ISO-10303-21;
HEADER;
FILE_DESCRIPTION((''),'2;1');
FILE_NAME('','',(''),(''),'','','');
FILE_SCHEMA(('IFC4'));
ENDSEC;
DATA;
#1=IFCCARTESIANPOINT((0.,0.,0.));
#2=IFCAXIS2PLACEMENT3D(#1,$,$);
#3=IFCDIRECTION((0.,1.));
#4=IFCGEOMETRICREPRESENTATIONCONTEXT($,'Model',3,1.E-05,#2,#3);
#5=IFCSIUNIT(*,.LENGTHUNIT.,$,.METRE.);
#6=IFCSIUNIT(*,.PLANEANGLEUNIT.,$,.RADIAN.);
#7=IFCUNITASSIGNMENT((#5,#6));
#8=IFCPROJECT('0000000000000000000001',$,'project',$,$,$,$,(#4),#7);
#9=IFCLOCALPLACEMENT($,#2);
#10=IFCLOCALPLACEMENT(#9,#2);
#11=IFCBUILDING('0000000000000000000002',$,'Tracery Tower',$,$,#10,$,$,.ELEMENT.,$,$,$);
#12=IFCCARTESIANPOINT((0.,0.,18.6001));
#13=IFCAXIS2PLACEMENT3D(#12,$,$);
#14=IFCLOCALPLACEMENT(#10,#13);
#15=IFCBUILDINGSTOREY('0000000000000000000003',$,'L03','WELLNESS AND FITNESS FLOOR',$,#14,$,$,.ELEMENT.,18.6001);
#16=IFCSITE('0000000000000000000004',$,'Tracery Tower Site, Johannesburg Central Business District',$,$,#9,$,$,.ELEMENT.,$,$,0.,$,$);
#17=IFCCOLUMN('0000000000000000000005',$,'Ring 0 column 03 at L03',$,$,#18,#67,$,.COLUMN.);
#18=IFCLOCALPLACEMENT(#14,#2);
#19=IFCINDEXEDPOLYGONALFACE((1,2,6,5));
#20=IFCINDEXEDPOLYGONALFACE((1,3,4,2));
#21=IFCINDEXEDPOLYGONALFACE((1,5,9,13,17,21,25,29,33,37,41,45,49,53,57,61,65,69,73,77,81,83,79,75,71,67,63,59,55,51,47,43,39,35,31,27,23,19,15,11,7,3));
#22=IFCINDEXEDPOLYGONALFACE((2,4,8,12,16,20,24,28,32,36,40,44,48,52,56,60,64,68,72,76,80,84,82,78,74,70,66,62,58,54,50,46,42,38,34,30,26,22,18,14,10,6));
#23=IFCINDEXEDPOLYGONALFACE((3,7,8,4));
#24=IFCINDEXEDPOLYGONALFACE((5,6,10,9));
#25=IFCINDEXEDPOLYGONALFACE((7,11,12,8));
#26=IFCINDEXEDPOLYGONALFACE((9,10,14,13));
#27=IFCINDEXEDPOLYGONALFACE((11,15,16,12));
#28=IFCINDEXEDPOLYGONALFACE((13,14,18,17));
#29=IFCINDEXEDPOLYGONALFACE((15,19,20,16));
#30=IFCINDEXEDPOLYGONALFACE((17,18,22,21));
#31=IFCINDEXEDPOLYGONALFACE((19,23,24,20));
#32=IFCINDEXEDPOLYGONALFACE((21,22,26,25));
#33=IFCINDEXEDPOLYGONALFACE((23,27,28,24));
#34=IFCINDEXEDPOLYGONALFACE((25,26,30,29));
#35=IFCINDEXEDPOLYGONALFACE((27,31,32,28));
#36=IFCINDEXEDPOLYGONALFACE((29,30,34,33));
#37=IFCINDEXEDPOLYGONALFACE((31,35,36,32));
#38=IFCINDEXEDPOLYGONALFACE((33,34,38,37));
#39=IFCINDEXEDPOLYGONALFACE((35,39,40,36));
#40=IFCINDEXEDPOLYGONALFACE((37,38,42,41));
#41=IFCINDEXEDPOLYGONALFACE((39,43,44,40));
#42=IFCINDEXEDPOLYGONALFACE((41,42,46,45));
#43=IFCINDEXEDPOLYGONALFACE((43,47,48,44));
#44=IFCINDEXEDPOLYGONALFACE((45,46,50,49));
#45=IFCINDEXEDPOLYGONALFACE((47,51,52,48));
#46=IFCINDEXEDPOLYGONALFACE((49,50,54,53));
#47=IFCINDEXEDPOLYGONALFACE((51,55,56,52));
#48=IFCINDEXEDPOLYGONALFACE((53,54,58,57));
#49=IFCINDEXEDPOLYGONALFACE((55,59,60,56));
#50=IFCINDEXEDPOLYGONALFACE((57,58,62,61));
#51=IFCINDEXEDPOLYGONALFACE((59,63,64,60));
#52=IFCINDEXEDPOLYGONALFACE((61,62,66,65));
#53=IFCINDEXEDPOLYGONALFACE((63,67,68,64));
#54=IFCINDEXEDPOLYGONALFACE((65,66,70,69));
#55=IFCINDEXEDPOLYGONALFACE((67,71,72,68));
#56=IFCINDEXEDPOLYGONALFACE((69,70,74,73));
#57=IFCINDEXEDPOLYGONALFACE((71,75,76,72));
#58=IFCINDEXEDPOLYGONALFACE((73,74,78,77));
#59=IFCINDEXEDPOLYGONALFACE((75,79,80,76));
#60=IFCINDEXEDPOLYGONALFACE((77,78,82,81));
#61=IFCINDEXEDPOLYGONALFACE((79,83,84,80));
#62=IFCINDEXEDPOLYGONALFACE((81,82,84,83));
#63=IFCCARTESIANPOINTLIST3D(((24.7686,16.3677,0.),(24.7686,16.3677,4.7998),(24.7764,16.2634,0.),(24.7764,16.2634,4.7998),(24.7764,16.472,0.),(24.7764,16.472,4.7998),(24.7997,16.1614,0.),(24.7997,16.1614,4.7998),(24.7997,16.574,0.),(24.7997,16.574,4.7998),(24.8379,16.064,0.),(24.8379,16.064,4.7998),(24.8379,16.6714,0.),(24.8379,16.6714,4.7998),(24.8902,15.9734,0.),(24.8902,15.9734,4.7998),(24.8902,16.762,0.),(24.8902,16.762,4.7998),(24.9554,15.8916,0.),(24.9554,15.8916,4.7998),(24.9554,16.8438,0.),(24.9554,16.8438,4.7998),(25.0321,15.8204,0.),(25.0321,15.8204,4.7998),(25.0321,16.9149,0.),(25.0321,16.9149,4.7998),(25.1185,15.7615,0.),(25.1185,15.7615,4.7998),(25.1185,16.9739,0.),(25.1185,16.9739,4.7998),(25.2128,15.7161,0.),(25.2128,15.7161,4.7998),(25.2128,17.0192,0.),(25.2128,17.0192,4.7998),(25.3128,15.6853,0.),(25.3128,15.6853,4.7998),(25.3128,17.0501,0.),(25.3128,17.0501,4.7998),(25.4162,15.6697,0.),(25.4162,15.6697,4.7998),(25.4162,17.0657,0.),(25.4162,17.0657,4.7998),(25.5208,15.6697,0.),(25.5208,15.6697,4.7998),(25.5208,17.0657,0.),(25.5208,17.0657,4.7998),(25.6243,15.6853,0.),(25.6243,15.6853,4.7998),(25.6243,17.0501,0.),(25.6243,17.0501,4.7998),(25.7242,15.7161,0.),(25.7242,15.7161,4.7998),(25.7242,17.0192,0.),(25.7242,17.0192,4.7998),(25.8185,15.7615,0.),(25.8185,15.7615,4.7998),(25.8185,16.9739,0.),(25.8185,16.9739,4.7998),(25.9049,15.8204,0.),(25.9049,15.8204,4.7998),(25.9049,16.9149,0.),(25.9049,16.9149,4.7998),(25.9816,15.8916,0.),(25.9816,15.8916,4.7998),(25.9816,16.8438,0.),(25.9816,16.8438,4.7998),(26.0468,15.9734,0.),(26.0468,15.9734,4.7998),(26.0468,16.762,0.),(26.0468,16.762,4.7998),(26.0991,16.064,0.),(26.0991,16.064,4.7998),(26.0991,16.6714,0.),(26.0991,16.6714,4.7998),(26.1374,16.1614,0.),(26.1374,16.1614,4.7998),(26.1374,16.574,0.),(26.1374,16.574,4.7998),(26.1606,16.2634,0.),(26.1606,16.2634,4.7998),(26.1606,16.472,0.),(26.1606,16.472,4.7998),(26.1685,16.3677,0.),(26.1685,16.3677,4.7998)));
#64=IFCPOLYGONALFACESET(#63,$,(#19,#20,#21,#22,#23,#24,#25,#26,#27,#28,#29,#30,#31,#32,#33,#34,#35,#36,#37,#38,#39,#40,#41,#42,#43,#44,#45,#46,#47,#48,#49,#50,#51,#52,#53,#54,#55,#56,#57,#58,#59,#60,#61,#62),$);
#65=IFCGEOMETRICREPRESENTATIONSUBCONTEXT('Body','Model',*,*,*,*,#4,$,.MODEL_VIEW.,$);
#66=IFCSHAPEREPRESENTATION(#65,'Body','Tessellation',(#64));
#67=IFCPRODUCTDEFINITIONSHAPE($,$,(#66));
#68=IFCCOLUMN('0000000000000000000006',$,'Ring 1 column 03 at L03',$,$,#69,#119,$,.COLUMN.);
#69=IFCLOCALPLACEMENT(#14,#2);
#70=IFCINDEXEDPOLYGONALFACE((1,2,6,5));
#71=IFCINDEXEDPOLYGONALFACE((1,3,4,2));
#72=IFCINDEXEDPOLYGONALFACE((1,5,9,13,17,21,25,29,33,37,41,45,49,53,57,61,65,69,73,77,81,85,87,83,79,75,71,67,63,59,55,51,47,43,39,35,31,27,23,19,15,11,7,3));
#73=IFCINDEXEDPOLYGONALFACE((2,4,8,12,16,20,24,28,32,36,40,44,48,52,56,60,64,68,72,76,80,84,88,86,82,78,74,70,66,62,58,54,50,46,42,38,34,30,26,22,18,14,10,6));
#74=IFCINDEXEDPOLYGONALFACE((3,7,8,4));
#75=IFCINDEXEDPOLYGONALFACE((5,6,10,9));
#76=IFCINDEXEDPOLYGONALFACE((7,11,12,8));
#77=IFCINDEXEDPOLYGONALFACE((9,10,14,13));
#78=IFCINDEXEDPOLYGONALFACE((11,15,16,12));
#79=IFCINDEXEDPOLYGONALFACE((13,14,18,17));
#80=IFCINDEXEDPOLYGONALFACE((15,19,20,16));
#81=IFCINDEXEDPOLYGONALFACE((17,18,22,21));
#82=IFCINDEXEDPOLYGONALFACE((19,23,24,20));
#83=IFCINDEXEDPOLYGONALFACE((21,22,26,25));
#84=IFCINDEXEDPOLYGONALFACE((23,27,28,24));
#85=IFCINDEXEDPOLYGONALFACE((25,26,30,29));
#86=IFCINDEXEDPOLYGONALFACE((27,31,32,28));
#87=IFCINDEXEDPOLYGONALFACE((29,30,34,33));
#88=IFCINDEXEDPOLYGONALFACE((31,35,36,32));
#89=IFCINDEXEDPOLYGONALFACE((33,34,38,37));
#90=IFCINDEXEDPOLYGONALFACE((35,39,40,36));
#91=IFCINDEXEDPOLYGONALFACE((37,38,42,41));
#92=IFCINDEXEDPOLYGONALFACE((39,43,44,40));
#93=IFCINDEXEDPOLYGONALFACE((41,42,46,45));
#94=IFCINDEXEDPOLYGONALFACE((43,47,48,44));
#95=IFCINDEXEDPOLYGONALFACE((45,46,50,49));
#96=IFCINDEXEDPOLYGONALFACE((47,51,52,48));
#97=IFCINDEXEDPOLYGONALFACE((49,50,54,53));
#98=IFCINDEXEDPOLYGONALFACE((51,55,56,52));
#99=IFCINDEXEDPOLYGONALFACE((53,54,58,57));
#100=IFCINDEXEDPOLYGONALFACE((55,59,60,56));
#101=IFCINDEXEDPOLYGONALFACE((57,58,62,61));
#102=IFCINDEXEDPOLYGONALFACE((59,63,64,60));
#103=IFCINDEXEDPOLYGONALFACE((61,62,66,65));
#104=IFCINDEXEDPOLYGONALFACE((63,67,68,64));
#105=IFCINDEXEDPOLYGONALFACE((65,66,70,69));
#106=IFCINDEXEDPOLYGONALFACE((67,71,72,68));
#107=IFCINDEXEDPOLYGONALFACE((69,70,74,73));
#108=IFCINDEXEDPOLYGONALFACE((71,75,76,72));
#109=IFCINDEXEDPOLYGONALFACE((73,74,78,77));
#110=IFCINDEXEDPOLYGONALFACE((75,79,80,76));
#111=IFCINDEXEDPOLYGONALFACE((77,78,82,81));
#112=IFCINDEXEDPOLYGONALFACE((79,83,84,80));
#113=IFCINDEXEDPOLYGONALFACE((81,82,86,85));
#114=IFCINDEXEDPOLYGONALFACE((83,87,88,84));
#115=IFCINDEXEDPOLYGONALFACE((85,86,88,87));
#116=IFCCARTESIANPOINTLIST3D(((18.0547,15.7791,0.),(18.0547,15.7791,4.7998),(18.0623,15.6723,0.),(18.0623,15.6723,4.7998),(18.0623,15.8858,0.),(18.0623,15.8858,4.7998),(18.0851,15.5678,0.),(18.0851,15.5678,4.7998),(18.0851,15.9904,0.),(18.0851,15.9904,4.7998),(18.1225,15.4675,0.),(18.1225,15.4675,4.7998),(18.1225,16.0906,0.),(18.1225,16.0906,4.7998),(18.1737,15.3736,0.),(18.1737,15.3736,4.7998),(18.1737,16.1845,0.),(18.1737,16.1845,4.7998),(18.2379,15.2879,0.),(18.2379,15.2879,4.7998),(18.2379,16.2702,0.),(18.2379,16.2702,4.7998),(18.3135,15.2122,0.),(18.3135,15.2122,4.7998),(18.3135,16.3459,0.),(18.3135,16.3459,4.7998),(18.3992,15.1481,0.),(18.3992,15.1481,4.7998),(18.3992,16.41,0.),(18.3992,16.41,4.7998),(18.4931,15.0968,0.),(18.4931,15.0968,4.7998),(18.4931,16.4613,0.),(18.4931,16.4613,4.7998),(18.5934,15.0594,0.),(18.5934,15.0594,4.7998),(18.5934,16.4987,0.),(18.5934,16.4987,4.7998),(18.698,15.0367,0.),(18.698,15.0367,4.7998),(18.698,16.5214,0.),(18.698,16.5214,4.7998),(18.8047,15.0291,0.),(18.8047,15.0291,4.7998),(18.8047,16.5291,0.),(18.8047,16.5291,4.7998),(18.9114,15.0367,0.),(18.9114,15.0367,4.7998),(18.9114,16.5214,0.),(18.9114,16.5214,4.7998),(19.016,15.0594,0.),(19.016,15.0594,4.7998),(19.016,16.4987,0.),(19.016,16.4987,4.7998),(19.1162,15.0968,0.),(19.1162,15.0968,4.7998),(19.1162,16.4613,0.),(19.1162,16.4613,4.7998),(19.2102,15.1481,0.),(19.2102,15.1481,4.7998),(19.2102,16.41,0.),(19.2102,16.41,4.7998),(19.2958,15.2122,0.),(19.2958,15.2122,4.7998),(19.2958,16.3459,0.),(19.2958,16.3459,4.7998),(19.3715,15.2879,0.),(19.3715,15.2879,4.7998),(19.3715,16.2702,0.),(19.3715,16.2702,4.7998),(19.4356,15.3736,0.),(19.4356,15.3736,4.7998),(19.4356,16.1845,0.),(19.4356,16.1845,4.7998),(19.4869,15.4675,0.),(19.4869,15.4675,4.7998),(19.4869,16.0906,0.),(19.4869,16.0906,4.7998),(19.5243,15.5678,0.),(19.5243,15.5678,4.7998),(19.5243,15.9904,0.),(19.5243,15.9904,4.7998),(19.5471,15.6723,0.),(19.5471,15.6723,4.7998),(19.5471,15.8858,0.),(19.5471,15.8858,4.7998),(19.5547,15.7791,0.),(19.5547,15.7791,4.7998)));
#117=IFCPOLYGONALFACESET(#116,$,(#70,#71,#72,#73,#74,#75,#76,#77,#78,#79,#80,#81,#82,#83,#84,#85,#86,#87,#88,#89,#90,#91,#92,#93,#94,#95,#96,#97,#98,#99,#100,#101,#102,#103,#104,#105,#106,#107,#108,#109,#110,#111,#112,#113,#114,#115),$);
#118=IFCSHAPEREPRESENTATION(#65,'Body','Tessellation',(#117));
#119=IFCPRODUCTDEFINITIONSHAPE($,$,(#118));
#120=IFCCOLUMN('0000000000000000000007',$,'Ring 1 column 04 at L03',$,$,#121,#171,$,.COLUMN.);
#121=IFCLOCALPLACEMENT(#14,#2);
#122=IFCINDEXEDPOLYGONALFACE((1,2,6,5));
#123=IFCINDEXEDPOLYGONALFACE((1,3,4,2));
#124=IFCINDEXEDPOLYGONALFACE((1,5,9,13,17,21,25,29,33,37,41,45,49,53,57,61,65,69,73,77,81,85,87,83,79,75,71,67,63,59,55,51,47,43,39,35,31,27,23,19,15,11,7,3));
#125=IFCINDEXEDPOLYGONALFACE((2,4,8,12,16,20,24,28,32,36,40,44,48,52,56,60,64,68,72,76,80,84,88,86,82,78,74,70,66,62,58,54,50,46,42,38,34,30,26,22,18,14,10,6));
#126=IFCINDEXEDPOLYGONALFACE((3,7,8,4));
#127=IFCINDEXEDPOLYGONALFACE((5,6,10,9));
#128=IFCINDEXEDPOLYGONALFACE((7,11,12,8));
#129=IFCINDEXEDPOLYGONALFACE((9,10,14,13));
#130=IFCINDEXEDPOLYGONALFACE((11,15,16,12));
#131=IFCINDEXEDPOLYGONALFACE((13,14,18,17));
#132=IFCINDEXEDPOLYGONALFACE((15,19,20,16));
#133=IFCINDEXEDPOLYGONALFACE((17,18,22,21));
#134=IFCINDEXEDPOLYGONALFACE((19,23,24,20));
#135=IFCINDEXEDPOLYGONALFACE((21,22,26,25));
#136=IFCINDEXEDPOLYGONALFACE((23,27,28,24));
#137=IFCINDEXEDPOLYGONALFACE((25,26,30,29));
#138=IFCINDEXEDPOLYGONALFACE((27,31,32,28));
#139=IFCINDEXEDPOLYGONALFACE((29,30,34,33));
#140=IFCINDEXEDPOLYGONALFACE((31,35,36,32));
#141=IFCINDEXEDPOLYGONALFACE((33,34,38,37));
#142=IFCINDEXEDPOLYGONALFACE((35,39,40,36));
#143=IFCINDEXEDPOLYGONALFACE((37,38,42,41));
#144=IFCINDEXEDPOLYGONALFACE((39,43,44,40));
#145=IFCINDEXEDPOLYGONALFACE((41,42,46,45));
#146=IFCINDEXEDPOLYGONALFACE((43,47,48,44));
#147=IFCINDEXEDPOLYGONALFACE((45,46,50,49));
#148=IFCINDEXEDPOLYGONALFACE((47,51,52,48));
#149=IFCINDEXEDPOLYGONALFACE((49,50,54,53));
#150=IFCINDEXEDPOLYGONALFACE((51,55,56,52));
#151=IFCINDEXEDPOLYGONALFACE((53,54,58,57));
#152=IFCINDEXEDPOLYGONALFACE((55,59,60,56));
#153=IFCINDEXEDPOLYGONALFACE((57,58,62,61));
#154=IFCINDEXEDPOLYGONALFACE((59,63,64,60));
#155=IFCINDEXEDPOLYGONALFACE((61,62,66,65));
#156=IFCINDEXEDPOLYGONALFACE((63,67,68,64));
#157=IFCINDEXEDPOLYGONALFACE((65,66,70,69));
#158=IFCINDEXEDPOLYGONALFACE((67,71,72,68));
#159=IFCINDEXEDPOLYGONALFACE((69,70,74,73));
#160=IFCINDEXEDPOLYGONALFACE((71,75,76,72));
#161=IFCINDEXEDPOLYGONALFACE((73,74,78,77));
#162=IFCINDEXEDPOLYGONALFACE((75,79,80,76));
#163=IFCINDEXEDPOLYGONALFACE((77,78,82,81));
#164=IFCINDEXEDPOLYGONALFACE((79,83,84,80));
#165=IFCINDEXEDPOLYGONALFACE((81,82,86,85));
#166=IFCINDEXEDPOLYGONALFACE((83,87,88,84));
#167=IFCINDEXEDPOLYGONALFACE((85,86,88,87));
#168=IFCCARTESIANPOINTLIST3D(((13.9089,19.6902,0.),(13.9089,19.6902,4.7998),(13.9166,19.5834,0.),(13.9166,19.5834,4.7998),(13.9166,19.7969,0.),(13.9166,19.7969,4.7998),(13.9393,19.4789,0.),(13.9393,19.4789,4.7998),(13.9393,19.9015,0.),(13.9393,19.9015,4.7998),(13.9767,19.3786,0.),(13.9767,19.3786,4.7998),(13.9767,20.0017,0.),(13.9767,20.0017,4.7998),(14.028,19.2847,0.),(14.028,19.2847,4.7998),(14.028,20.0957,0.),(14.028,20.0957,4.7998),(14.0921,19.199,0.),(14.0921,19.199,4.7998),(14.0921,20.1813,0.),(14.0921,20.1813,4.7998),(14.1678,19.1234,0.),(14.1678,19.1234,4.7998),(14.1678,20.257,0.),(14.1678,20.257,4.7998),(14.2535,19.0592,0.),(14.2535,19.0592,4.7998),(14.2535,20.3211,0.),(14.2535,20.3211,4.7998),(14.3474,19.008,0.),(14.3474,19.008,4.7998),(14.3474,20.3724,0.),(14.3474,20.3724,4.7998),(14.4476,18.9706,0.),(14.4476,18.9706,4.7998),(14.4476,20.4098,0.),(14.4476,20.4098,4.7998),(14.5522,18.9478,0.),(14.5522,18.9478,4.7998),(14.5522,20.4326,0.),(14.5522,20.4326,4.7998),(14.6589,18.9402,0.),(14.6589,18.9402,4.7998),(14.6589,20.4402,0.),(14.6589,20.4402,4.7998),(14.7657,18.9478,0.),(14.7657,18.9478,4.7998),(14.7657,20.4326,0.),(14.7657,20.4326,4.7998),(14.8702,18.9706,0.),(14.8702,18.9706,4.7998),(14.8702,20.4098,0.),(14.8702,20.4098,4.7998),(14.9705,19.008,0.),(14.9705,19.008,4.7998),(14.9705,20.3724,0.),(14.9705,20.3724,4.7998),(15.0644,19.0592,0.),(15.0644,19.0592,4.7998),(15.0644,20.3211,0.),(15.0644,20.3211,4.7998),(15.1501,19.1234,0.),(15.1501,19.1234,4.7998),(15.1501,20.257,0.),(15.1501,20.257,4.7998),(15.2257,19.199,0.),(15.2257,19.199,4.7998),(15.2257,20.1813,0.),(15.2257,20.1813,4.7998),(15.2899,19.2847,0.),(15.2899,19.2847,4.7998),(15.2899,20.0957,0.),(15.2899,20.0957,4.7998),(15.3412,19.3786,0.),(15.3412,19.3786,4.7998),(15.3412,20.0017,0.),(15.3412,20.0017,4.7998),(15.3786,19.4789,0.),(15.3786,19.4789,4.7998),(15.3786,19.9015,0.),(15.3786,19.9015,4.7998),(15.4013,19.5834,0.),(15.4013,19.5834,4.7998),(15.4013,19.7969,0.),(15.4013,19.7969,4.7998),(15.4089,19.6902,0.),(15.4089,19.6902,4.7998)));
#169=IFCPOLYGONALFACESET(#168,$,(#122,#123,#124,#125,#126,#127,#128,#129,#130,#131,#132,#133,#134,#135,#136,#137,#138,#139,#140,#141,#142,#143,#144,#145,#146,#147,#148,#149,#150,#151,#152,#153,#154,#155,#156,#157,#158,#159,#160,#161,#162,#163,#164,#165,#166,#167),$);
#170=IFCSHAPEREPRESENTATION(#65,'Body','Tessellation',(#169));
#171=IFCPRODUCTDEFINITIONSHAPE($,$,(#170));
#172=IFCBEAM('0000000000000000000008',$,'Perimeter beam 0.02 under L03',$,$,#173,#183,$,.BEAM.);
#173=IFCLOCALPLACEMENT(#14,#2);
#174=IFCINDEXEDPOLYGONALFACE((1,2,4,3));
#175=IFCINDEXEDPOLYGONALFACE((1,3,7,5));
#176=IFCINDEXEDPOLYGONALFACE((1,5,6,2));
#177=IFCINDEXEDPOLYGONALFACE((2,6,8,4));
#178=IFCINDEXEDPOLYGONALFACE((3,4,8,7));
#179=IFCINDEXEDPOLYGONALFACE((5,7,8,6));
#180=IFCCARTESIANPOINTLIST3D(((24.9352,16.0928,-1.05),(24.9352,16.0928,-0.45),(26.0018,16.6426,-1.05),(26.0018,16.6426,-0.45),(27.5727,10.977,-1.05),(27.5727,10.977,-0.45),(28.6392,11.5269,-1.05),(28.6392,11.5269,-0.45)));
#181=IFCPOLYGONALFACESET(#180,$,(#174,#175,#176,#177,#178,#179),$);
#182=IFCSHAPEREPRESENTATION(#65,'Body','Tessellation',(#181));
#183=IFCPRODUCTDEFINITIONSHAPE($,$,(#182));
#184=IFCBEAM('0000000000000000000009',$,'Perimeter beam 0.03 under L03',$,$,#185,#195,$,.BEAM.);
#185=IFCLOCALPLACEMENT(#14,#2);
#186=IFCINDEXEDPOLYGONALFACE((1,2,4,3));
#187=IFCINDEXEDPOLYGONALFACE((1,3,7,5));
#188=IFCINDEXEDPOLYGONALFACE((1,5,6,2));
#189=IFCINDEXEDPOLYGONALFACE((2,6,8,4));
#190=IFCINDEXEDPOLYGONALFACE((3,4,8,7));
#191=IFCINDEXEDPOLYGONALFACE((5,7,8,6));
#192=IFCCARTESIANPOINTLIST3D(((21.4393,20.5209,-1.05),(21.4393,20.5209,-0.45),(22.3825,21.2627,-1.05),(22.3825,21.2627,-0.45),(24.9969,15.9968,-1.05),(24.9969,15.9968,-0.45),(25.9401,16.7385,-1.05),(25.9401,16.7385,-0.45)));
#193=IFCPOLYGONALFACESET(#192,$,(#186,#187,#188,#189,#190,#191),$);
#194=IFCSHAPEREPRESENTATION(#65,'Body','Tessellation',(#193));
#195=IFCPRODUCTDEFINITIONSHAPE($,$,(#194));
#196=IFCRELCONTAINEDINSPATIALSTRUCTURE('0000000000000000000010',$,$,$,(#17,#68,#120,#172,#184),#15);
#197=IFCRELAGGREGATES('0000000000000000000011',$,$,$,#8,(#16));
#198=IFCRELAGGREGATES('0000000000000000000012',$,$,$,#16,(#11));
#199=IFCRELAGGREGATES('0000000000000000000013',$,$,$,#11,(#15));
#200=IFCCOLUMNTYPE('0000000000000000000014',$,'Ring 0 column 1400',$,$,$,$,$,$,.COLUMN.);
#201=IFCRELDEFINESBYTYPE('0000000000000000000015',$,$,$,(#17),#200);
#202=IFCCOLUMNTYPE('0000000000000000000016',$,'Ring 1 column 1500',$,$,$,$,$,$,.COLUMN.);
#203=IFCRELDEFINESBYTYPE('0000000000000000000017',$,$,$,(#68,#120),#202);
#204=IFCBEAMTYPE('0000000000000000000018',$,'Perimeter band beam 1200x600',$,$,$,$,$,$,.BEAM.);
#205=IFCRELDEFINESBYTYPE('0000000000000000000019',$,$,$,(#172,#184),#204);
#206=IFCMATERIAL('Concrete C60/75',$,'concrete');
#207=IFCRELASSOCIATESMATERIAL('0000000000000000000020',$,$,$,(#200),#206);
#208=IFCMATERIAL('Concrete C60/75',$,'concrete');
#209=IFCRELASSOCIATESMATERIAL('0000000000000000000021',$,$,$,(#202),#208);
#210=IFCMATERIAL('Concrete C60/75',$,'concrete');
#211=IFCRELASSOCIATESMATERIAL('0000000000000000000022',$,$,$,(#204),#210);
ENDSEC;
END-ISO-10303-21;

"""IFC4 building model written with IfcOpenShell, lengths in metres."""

from ifc_helpers import new_model, si_unit, direction, frame, origin, origin_2d, place, context, subcontext, project, spatial, rectangle, circle, extrude, material, material_profile, profile_set, type_object, element, save


model = new_model("IFC4")

# Units and contexts
model_context = context("Model", 3, precision=1e-05, world=origin(), true_north=direction((0.0, 1.0)))
body_context = subcontext(model_context, "Body", "Model", "MODEL_VIEW")
ifc_project = project(units=[si_unit("LENGTHUNIT", "METRE"), si_unit("PLANEANGLEUNIT", "RADIAN")], contexts=[model_context])

# Site, building, storey
site_placement = place(None, origin())
site = spatial("IfcSite", under=ifc_project, at=site_placement, Name="Tracery Tower Site, Johannesburg Central Business District", CompositionType="ELEMENT", RefElevation=0.0)
building_placement = place(site_placement, origin())
building = spatial("IfcBuilding", under=site, at=building_placement, Name="Tracery Tower", CompositionType="ELEMENT")
storey_placement = place(building_placement, frame((0.0, 0.0, 18.6001)))
storey = spatial("IfcBuildingStorey", under=building, at=storey_placement, Name="L03", Description="WELLNESS AND FITNESS FLOOR", CompositionType="ELEMENT", Elevation=18.6001)

# Columns
ifc_material_1 = material(Name="Concrete C60/75", Category="concrete")
ifc_material_profile_1 = material_profile(ifc_material_1, circle(Radius=0.7, at=origin_2d()), Name="RC D1400")
ifc_profile_set_1 = profile_set([ifc_material_profile_1], Name="Concrete C60/75")
column_type_1 = type_object("IfcColumnType", Name="Ring 0 column 1400", PredefinedType="COLUMN", material=ifc_profile_set_1)
column_placement = place(storey_placement, frame((25.4685, 16.3677, 0.0), z_axis=(0.0, 0.0, 1.0), x_axis=(1.0, 0.0, 0.0)))
element("IfcColumn", 1, at=column_placement, inside=storey, type_object=column_type_1, Name="Ring 0 column 03 at L03", PredefinedType="COLUMN", context=body_context, shape_type="SweptSolid", body=[
    extrude(circle(Radius=0.7, at=origin_2d()), origin(), (0.0, 0.0, 1.0), 4.7998),
])
ifc_material_2 = material(Name="Concrete C60/75", Category="concrete")
ifc_material_profile_2 = material_profile(ifc_material_2, circle(Radius=0.75, at=origin_2d()), Name="RC D1500")
ifc_profile_set_2 = profile_set([ifc_material_profile_2], Name="Concrete C60/75")
column_type_2 = type_object("IfcColumnType", Name="Ring 1 column 1500", PredefinedType="COLUMN", material=ifc_profile_set_2)
for number, where, z_axis, x_axis, name in (
    (2, (18.8047, 15.7791, 0.0), (0.0, 0.0, 1.0), (1.0, 0.0, 0.0), "Ring 1 column 03 at L03"),
    (3, (14.6589, 19.6902, 0.0), (0.0, 0.0, 1.0), (1.0, 0.0, 0.0), "Ring 1 column 04 at L03"),
):
    element("IfcColumn", number, at=place(storey_placement, frame(where, z_axis=z_axis, x_axis=x_axis)), inside=storey, type_object=column_type_2, Name=name, PredefinedType="COLUMN", context=body_context, shape_type="SweptSolid", body=[
        extrude(circle(Radius=0.75, at=origin_2d()), origin(), (0.0, 0.0, 1.0), 4.7998),
    ])

# Beams
ifc_material_3 = material(Name="Concrete C60/75", Category="concrete")
ifc_material_profile_3 = material_profile(ifc_material_3, rectangle(XDim=1.2, YDim=0.6001, at=origin_2d()), Name="RC 1200x600")
ifc_profile_set_3 = profile_set([ifc_material_profile_3], Name="Concrete C60/75")
beam_type = type_object("IfcBeamType", Name="Perimeter band beam 1200x600", PredefinedType="BEAM", material=ifc_profile_set_3)
beam_1_placement = place(storey_placement, frame((28.106, 11.252, -0.75), z_axis=(-0.458242, 0.888827, 0.0), x_axis=(-0.888827, -0.458242, 0.0)))
element("IfcBeam", 4, at=beam_1_placement, inside=storey, type_object=beam_type, Name="Perimeter beam 0.02 under L03", PredefinedType="BEAM", context=body_context, shape_type="SweptSolid", body=[
    extrude(rectangle(XDim=1.2, YDim=0.6001, at=origin_2d()), origin(), (0.0, 0.0, 1.0), 5.7556),
])
beam_2_placement = place(storey_placement, frame((25.4685, 16.3677, -0.75), z_axis=(-0.618134, 0.786072, 0.0), x_axis=(-0.786072, -0.618134, 0.0)))
element("IfcBeam", 5, at=beam_2_placement, inside=storey, type_object=beam_type, Name="Perimeter beam 0.03 under L03", PredefinedType="BEAM", context=body_context, shape_type="SweptSolid", body=[
    extrude(rectangle(XDim=1.2, YDim=0.6001, at=origin_2d()), origin(), (0.0, 0.0, 1.0), 5.7554),
])

save(model, "model.ifc")
